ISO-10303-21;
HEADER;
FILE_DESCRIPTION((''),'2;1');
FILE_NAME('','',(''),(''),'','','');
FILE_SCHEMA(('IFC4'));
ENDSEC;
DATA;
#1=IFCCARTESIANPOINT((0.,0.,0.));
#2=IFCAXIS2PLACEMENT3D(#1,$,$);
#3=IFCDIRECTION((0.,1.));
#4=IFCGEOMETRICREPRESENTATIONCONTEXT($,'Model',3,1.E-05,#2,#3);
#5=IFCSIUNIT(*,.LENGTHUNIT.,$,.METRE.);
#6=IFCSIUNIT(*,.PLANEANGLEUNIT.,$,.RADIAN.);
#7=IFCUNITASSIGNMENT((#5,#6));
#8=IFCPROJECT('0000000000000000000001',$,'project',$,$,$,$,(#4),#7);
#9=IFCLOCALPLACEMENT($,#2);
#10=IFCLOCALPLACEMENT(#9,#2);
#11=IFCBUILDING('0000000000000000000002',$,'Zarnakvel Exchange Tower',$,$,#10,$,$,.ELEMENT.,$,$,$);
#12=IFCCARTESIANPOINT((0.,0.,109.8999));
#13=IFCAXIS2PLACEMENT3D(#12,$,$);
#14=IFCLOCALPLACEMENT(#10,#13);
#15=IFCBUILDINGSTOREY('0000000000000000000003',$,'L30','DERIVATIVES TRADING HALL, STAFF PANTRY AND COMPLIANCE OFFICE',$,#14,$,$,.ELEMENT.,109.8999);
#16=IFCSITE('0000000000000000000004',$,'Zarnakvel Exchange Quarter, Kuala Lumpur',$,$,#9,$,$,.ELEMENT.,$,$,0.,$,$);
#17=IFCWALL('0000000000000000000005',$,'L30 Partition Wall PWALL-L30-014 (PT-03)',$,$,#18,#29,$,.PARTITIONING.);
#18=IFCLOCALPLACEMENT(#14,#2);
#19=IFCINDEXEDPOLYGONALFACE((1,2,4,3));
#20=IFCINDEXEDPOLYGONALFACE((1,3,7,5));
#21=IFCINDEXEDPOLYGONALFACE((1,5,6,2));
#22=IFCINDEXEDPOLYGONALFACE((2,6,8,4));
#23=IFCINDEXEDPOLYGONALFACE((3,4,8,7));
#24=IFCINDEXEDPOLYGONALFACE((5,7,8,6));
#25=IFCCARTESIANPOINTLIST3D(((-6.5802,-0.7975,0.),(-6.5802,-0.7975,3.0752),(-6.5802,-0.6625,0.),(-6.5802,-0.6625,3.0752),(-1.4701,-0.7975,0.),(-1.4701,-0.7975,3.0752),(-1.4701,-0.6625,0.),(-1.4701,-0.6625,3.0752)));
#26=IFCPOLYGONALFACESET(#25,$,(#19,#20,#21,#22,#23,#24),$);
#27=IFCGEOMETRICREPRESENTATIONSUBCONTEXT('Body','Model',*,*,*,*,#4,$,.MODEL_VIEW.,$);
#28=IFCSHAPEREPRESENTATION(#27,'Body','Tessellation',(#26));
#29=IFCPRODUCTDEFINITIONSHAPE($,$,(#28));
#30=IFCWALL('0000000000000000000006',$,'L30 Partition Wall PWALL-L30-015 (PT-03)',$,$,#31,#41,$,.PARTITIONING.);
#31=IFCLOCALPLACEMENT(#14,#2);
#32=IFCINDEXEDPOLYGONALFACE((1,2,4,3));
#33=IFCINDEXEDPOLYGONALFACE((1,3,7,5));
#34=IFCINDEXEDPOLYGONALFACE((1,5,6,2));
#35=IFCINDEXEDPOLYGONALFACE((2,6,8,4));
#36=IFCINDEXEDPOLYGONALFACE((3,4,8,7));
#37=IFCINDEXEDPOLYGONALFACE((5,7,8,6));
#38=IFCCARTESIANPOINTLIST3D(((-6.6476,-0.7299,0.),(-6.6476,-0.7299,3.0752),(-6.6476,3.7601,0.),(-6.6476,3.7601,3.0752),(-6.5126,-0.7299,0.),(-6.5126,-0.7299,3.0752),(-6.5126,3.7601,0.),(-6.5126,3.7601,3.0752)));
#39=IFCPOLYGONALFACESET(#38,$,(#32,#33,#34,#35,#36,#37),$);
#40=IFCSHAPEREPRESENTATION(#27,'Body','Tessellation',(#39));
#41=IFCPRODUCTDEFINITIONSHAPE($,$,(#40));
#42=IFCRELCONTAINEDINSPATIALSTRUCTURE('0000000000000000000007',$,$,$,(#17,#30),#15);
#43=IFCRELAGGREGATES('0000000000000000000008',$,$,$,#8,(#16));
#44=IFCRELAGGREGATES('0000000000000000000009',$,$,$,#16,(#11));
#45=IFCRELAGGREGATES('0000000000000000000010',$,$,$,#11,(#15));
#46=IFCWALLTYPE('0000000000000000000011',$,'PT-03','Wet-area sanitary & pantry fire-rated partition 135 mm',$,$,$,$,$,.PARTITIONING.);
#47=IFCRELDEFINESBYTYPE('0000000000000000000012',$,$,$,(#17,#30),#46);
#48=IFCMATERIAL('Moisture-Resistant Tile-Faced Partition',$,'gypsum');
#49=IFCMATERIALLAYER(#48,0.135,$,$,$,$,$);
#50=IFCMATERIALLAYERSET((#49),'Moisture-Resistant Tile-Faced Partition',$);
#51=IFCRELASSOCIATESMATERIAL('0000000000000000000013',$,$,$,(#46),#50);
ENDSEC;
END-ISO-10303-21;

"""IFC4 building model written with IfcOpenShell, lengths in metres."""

from ifc_helpers import new_model, si_unit, direction, frame, frame_2d, origin, place, context, subcontext, project, spatial, rectangle, extrude, material, layer, layer_set, type_object, element, save


model = new_model("IFC4")

# Units and contexts
model_context = context("Model", 3, precision=1e-05, world=origin(), true_north=direction((0.0, 1.0)))
body_context = subcontext(model_context, "Body", "Model", "MODEL_VIEW")
ifc_project = project(units=[si_unit("LENGTHUNIT", "METRE"), si_unit("PLANEANGLEUNIT", "RADIAN")], contexts=[model_context])

# Site, building, storey
site_placement = place(None, origin())
site = spatial("IfcSite", under=ifc_project, at=site_placement, Name="Zarnakvel Exchange Quarter, Kuala Lumpur", CompositionType="ELEMENT", RefElevation=0.0)
building_placement = place(site_placement, origin())
building = spatial("IfcBuilding", under=site, at=building_placement, Name="Zarnakvel Exchange Tower", CompositionType="ELEMENT")
storey_placement = place(building_placement, frame((0.0, 0.0, 109.8999)))
storey = spatial("IfcBuildingStorey", under=building, at=storey_placement, Name="L30", Description="DERIVATIVES TRADING HALL, STAFF PANTRY AND COMPLIANCE OFFICE", CompositionType="ELEMENT", Elevation=109.8999)

# Walls
ifc_material_1 = material(Name="Moisture-Resistant Tile-Faced Partition", Category="gypsum")
ifc_layer_1 = layer(ifc_material_1, 0.135)
ifc_layer_set_1 = layer_set([ifc_layer_1], Name="Moisture-Resistant Tile-Faced Partition")
wall_type_1 = type_object("IfcWallType", Name="PT-03", Description="Wet-area sanitary & pantry fire-rated partition 135 mm", PredefinedType="PARTITIONING", material=ifc_layer_set_1)
wall_1_placement = place(storey_placement, frame((-1.47, -0.73, 0.0), z_axis=(0.0, 0.0, 1.0), x_axis=(-1.0, 0.0, 0.0)))
element("IfcWall", 1, at=wall_1_placement, inside=storey, type_object=wall_type_1, Name="L30 Partition Wall PWALL-L30-014 (PT-03)", PredefinedType="PARTITIONING", context=body_context, shape_type="SweptSolid", body=[
    extrude(rectangle(XDim=5.1101, YDim=0.135, at=frame_2d((2.5552, 0.0))), origin(), (0.0, 0.0, 1.0), 3.0752),
])
wall_2_placement = place(storey_placement, frame((-6.5801, -0.73, 0.0), z_axis=(0.0, 0.0, 1.0), x_axis=(0.0, 1.0, 0.0)))
element("IfcWall", 2, at=wall_2_placement, inside=storey, type_object=wall_type_1, Name="L30 Partition Wall PWALL-L30-015 (PT-03)", PredefinedType="PARTITIONING", context=body_context, shape_type="SweptSolid", body=[
    extrude(rectangle(XDim=4.49, YDim=0.135, at=frame_2d((2.2451, 0.0))), origin(), (0.0, 0.0, 1.0), 3.0752),
])

save(model, "model.ifc")
